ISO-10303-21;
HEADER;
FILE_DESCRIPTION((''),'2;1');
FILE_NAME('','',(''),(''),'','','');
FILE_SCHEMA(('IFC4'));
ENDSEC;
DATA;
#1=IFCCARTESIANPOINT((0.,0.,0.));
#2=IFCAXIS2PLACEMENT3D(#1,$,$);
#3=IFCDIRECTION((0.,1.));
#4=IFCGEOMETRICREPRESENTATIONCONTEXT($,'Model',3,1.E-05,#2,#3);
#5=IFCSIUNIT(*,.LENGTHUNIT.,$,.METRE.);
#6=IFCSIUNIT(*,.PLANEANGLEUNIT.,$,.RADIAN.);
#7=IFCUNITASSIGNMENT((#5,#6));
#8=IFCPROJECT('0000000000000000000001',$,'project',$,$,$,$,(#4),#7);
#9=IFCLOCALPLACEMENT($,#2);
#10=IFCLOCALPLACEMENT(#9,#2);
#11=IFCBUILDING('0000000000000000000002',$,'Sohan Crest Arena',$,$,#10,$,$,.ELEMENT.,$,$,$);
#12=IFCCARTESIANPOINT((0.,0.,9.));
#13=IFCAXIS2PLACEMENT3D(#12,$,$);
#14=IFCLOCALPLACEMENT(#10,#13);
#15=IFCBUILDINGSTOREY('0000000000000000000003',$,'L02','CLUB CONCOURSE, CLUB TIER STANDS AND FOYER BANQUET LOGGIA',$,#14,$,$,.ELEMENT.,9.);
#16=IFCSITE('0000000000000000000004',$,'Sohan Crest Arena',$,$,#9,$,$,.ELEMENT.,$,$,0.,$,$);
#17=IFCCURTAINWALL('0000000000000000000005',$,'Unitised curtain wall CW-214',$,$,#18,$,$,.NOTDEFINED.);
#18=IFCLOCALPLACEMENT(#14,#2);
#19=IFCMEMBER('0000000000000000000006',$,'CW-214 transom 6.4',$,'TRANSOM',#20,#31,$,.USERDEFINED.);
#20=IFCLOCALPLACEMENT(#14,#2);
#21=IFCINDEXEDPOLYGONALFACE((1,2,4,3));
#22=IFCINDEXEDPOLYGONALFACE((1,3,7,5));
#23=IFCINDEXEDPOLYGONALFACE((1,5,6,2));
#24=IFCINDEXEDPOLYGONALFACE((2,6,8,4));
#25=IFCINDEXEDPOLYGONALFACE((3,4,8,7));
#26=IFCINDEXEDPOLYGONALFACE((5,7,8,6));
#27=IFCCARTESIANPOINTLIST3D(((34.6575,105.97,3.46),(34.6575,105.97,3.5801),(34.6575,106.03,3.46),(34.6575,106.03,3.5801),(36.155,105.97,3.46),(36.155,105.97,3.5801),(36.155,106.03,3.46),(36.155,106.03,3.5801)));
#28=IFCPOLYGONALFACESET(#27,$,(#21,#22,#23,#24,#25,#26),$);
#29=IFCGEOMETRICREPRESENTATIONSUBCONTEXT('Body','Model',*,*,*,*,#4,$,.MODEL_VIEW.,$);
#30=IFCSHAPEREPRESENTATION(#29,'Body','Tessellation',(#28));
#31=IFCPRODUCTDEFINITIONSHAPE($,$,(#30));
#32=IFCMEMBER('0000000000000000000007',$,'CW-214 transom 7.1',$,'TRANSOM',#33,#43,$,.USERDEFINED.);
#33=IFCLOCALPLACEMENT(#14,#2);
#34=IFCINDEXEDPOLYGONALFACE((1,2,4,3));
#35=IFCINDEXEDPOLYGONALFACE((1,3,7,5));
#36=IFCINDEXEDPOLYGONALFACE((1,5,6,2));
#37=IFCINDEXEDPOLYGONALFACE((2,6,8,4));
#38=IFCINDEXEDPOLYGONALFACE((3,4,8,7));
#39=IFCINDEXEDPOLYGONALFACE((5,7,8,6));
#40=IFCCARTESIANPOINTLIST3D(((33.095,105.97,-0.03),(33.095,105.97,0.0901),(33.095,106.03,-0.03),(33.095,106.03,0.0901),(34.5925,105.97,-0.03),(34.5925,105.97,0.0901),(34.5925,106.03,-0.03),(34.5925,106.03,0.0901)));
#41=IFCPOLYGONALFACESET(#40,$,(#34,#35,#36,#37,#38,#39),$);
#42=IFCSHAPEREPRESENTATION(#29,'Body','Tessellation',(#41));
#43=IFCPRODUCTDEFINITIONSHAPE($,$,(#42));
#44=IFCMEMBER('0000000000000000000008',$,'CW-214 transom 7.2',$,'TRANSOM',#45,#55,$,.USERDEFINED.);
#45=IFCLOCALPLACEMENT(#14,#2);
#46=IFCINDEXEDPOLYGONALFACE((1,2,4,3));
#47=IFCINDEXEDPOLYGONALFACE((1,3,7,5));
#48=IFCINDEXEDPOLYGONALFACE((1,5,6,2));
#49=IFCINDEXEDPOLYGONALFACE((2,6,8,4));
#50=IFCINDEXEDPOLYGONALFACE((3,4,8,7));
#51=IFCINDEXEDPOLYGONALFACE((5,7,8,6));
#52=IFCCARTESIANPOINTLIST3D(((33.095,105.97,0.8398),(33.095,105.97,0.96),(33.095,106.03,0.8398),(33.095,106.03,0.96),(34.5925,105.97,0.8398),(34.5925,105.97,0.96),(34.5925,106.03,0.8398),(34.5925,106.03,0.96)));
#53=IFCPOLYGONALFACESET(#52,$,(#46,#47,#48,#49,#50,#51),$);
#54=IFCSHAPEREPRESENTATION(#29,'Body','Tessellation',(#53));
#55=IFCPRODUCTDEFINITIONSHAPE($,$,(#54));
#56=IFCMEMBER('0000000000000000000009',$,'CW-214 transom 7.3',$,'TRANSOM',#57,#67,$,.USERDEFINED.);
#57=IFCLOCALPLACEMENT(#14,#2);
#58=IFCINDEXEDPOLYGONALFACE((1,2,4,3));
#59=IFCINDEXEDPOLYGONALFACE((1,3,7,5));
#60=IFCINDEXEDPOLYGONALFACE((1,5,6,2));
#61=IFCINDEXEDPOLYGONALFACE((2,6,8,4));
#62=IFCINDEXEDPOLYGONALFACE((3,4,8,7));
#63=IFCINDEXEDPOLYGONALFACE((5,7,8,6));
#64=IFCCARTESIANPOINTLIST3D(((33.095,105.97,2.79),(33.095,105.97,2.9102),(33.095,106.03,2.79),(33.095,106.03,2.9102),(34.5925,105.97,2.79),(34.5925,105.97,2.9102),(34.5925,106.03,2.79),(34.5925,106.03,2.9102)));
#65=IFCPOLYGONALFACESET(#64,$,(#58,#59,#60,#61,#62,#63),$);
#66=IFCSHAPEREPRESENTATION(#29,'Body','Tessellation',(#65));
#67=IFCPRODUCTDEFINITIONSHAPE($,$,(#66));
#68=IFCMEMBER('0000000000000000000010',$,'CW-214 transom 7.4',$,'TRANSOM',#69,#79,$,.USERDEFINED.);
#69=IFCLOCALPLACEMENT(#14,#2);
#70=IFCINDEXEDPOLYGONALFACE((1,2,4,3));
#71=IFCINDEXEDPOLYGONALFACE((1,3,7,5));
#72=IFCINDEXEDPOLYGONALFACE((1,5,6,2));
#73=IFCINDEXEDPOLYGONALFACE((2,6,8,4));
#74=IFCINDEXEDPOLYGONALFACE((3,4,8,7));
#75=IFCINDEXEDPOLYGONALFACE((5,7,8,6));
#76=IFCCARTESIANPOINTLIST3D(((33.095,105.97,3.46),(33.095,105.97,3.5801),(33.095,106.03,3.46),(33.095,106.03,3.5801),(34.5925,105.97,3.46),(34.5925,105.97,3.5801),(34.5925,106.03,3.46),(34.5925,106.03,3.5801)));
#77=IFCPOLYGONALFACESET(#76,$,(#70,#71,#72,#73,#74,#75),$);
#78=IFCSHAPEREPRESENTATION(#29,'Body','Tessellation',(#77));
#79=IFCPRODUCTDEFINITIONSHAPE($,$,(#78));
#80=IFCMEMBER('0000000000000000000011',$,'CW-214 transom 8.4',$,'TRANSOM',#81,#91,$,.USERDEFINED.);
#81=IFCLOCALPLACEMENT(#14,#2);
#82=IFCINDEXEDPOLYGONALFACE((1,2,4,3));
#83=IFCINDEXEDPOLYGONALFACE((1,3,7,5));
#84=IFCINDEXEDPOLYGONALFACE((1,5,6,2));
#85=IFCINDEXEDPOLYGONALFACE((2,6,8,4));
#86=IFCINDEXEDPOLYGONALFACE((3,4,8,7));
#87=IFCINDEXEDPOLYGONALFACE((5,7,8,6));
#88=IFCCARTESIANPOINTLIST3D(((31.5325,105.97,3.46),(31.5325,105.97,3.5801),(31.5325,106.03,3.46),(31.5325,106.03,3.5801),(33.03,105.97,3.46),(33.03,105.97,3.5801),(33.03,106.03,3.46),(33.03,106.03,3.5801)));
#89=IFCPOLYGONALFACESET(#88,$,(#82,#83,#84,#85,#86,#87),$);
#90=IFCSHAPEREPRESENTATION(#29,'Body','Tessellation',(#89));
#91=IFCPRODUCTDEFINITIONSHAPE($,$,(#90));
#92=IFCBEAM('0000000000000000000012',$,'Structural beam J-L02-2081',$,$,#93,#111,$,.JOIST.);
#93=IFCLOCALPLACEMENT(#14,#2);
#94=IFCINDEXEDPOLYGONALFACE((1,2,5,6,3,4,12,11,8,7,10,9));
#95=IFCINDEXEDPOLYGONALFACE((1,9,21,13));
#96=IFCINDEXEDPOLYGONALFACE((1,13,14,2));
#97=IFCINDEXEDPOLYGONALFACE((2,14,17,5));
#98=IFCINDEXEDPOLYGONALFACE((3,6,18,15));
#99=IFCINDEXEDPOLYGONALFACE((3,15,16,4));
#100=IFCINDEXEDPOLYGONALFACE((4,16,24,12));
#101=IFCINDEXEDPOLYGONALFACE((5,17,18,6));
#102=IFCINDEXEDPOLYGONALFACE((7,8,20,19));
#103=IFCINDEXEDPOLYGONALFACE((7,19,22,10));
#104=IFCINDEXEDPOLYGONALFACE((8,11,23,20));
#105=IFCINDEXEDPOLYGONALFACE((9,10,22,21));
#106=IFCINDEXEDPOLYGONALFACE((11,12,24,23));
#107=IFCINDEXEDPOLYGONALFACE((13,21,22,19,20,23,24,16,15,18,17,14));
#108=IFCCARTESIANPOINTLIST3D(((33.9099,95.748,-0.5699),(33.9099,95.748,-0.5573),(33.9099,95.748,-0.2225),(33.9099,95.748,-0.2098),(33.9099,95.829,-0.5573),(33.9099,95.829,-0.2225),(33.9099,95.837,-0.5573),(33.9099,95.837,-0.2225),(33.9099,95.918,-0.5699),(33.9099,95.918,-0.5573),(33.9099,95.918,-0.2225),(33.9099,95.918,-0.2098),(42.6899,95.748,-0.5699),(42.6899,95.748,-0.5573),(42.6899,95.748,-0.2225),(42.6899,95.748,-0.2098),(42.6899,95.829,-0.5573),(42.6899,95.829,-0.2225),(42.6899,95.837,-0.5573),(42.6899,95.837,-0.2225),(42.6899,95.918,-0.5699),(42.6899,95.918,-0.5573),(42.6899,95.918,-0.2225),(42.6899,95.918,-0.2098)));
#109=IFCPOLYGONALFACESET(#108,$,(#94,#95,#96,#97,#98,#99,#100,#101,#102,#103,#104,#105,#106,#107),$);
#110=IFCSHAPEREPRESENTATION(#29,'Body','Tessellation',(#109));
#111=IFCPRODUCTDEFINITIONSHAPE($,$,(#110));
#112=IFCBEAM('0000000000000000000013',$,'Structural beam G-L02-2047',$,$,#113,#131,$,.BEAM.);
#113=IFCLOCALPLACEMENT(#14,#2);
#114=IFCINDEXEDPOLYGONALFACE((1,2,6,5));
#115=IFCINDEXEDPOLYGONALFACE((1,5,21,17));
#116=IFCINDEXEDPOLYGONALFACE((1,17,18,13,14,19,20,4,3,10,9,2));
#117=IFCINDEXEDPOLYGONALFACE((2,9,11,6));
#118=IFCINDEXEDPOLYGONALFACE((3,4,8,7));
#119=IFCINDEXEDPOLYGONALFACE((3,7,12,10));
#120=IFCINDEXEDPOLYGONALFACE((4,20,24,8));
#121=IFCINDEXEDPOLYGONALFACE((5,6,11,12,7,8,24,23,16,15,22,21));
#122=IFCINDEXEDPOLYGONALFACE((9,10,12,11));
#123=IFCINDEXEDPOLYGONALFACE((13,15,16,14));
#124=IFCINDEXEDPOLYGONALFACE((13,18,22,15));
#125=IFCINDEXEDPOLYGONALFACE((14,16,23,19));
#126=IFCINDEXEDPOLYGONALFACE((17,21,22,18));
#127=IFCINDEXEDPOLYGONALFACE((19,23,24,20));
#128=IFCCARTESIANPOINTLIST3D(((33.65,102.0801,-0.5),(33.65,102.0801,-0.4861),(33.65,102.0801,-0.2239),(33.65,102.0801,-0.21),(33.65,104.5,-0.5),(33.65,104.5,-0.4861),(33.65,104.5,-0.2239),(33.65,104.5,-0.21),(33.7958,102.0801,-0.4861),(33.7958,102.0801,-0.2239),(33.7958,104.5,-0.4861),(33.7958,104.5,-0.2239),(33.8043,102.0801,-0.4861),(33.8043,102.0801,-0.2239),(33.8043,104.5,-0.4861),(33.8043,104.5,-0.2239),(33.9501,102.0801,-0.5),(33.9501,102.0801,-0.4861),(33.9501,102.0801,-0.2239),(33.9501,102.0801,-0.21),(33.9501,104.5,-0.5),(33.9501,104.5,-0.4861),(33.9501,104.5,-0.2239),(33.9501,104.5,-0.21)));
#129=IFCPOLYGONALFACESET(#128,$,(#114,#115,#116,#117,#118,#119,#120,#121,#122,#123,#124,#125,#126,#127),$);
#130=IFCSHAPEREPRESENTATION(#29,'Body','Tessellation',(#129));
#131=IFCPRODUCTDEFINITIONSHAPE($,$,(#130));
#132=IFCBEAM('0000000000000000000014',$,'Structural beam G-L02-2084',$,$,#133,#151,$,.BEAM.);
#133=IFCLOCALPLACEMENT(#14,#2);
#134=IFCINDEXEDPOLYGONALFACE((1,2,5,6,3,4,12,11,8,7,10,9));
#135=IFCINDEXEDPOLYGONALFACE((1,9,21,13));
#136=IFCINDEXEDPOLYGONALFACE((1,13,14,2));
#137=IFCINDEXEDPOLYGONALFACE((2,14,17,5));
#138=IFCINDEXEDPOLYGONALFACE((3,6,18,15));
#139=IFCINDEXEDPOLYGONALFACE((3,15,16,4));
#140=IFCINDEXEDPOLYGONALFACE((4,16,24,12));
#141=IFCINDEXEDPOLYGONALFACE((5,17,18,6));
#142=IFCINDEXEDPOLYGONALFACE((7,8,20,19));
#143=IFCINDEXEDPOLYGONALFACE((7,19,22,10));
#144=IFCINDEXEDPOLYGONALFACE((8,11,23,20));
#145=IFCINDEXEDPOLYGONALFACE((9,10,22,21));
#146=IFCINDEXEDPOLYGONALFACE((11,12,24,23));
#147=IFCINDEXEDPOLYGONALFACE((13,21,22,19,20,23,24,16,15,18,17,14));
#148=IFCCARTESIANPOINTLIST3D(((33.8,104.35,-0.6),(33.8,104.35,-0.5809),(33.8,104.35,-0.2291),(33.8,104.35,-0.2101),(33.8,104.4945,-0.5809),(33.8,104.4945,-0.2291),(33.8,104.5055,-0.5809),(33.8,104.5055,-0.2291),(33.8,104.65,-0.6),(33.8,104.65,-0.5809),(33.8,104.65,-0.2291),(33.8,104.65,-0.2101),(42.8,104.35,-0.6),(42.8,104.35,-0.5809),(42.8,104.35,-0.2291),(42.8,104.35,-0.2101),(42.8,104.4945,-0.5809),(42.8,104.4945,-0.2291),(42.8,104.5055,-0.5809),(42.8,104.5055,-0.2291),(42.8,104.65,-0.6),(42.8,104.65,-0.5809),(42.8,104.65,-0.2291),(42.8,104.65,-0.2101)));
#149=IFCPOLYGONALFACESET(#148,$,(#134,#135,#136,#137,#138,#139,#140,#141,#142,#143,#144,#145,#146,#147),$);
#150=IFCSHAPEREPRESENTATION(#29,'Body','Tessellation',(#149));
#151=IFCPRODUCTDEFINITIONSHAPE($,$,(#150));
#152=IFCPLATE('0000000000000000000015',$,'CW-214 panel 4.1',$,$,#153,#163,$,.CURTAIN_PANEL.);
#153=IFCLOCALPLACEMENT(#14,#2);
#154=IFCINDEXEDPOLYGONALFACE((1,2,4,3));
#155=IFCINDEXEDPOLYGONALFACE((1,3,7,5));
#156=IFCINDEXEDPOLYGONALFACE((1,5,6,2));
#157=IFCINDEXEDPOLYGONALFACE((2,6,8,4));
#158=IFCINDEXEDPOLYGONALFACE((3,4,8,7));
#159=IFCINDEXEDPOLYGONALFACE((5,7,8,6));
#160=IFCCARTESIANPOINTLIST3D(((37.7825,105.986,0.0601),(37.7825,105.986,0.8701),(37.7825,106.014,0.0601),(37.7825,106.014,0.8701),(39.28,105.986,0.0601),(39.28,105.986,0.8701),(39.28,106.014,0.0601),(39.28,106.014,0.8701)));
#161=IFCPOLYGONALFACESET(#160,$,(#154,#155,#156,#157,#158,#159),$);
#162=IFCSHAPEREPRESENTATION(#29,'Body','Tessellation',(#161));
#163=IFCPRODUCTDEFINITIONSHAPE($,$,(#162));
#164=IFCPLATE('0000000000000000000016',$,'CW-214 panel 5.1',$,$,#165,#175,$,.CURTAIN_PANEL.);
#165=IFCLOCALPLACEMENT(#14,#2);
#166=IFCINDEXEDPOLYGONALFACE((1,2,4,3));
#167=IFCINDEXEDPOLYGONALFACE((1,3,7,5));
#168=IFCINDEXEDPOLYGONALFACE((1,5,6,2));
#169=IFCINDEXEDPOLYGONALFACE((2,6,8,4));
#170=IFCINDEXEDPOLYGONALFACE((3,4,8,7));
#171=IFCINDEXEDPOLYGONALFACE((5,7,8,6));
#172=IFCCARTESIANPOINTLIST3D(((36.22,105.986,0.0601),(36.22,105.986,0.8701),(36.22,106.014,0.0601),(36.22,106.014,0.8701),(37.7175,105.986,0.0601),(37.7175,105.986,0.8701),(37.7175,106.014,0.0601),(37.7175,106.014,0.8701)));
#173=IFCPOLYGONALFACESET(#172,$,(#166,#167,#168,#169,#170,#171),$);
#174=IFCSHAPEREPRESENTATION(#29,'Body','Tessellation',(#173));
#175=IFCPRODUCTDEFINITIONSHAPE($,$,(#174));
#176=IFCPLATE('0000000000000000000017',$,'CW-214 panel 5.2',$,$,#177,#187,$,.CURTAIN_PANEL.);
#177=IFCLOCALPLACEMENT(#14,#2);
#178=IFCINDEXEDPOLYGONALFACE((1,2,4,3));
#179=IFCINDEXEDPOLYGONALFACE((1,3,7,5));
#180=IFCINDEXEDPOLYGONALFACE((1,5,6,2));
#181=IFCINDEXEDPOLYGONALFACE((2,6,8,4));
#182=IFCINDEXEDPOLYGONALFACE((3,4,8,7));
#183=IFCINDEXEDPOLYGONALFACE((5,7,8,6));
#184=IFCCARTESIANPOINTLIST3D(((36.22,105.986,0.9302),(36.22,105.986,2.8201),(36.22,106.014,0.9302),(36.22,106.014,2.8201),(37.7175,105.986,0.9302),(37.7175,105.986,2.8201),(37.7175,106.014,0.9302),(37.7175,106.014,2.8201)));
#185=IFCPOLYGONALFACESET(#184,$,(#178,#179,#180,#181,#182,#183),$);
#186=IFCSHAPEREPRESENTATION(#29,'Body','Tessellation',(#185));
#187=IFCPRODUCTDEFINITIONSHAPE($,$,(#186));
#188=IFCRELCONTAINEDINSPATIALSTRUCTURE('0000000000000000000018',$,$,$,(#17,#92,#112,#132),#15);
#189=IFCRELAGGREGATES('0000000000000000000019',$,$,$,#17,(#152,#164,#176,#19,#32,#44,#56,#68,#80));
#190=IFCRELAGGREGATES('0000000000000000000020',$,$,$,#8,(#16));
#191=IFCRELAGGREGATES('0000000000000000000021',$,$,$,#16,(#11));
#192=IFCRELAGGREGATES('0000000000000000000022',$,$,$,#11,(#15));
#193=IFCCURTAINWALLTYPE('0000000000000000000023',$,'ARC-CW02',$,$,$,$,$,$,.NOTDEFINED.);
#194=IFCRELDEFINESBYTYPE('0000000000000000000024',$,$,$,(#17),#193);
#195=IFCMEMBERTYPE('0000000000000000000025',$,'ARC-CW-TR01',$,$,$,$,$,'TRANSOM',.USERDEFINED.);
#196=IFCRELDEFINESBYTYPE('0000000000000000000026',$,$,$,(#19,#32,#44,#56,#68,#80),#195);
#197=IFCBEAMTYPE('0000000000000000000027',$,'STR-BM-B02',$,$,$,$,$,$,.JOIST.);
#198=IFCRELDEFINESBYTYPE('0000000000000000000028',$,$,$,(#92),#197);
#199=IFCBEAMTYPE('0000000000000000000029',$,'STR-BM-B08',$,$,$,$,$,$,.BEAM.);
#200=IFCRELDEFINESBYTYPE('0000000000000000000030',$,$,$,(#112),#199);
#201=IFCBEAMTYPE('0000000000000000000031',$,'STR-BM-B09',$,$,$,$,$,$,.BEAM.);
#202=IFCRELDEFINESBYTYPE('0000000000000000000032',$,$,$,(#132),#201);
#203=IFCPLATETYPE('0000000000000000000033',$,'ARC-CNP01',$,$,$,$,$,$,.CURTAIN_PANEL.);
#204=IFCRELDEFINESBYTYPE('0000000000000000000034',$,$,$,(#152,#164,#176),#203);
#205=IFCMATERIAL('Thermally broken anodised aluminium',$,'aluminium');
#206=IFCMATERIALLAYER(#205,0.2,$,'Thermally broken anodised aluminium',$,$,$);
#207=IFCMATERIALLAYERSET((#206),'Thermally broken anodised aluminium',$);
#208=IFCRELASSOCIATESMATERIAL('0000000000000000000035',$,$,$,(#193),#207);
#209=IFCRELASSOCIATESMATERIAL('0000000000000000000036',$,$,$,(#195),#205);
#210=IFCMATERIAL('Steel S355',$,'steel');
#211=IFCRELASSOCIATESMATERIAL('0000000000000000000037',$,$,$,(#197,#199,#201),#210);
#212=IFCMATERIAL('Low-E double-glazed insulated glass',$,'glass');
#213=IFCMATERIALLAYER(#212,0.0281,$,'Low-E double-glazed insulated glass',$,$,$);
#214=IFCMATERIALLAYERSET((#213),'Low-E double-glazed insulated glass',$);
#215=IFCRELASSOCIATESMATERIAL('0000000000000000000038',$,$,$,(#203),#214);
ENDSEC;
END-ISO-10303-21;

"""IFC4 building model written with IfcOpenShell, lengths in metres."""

from ifc_helpers import new_model, si_unit, direction, frame, origin, origin_2d, place, context, subcontext, project, spatial, rectangle, i_section, extrude, material, layer, layer_set, material_profile, profile_set, type_object, element, aggregate, save


model = new_model("IFC4")

# Units and contexts
model_context = context("Model", 3, precision=1e-05, world=origin(), true_north=direction((0.0, 1.0)))
body_context = subcontext(model_context, "Body", "Model", "MODEL_VIEW")
ifc_project = project(units=[si_unit("LENGTHUNIT", "METRE"), si_unit("PLANEANGLEUNIT", "RADIAN")], contexts=[model_context])

# Site, building, storey
site_placement = place(None, origin())
site = spatial("IfcSite", under=ifc_project, at=site_placement, Name="Sohan Crest Arena", CompositionType="ELEMENT", RefElevation=0.0)
building_placement = place(site_placement, origin())
building = spatial("IfcBuilding", under=site, at=building_placement, Name="Sohan Crest Arena", CompositionType="ELEMENT")
storey_placement = place(building_placement, frame((0.0, 0.0, 9.0)))
storey = spatial("IfcBuildingStorey", under=building, at=storey_placement, Name="L02", Description="CLUB CONCOURSE, CLUB TIER STANDS AND FOYER BANQUET LOGGIA", CompositionType="ELEMENT", Elevation=9.0)

# Curtain wall, members
ifc_material_1 = material(Name="Thermally broken anodised aluminium", Category="aluminium")
ifc_layer_1 = layer(ifc_material_1, 0.2, Name="Thermally broken anodised aluminium")
ifc_layer_set_1 = layer_set([ifc_layer_1], Name="Thermally broken anodised aluminium")
curtain_wall_type = type_object("IfcCurtainWallType", Name="ARC-CW02", PredefinedType="NOTDEFINED", material=ifc_layer_set_1)
curtain_wall_placement = place(storey_placement, origin())
curtain_wall = element("IfcCurtainWall", 1, at=curtain_wall_placement, inside=storey, type_object=curtain_wall_type, Name="Unitised curtain wall CW-214", PredefinedType="NOTDEFINED")
ifc_material_profile_1 = material_profile(ifc_material_1, rectangle(XDim=0.0601, YDim=0.1201, at=origin_2d()), Name="ALU-TRAN 60x120")
ifc_profile_set_1 = profile_set([ifc_material_profile_1], Name="Thermally broken anodised aluminium")
member_type_1 = type_object("IfcMemberType", Name="ARC-CW-TR01", ElementType="TRANSOM", PredefinedType="USERDEFINED", material=ifc_profile_set_1)
member_1_placement = place(storey_placement, frame((36.155, 106.0, 3.52), z_axis=(-1.0, 0.0, 0.0), x_axis=(0.0, -1.0, 0.0)))
member_1 = element("IfcMember", 2, at=member_1_placement, type_object=member_type_1, Name="CW-214 transom 6.4", ObjectType="TRANSOM", PredefinedType="USERDEFINED", context=body_context, shape_type="SweptSolid", body=[
    extrude(rectangle(XDim=0.0601, YDim=0.1201, at=origin_2d()), origin(), (0.0, 0.0, 1.0), 1.4976),
])
member_2_placement = place(storey_placement, frame((34.5925, 106.0, 0.03), z_axis=(-1.0, 0.0, 0.0), x_axis=(0.0, -1.0, 0.0)))
member_2 = element("IfcMember", 3, at=member_2_placement, type_object=member_type_1, Name="CW-214 transom 7.1", ObjectType="TRANSOM", PredefinedType="USERDEFINED", context=body_context, shape_type="SweptSolid", body=[
    extrude(rectangle(XDim=0.0601, YDim=0.1201, at=origin_2d()), origin(), (0.0, 0.0, 1.0), 1.4976),
])
member_3_placement = place(storey_placement, frame((34.5925, 106.0, 0.8999), z_axis=(-1.0, 0.0, 0.0), x_axis=(0.0, -1.0, 0.0)))
member_3 = element("IfcMember", 4, at=member_3_placement, type_object=member_type_1, Name="CW-214 transom 7.2", ObjectType="TRANSOM", PredefinedType="USERDEFINED", context=body_context, shape_type="SweptSolid", body=[
    extrude(rectangle(XDim=0.0601, YDim=0.1201, at=origin_2d()), origin(), (0.0, 0.0, 1.0), 1.4976),
])
member_4_placement = place(storey_placement, frame((34.5925, 106.0, 2.8501), z_axis=(-1.0, 0.0, 0.0), x_axis=(0.0, -1.0, 0.0)))
member_4 = element("IfcMember", 5, at=member_4_placement, type_object=member_type_1, Name="CW-214 transom 7.3", ObjectType="TRANSOM", PredefinedType="USERDEFINED", context=body_context, shape_type="SweptSolid", body=[
    extrude(rectangle(XDim=0.0601, YDim=0.1201, at=origin_2d()), origin(), (0.0, 0.0, 1.0), 1.4976),
])
member_5_placement = place(storey_placement, frame((34.5925, 106.0, 3.52), z_axis=(-1.0, 0.0, 0.0), x_axis=(0.0, -1.0, 0.0)))
member_5 = element("IfcMember", 6, at=member_5_placement, type_object=member_type_1, Name="CW-214 transom 7.4", ObjectType="TRANSOM", PredefinedType="USERDEFINED", context=body_context, shape_type="SweptSolid", body=[
    extrude(rectangle(XDim=0.0601, YDim=0.1201, at=origin_2d()), origin(), (0.0, 0.0, 1.0), 1.4976),
])
member_6_placement = place(storey_placement, frame((33.03, 106.0, 3.52), z_axis=(-1.0, 0.0, 0.0), x_axis=(0.0, -1.0, 0.0)))
member_6 = element("IfcMember", 7, at=member_6_placement, type_object=member_type_1, Name="CW-214 transom 8.4", ObjectType="TRANSOM", PredefinedType="USERDEFINED", context=body_context, shape_type="SweptSolid", body=[
    extrude(rectangle(XDim=0.0601, YDim=0.1201, at=origin_2d()), origin(), (0.0, 0.0, 1.0), 1.4976),
])

# Beams
ifc_material_2 = material(Name="Steel S355", Category="steel")
ifc_material_profile_2 = material_profile(ifc_material_2, i_section(OverallWidth=0.1699, OverallDepth=0.3601, WebThickness=0.0081, FlangeThickness=0.0127, at=origin_2d()), Name="IPE 360")
ifc_profile_set_2 = profile_set([ifc_material_profile_2], Name="Steel S355")
beam_type_1 = type_object("IfcBeamType", Name="STR-BM-B02", PredefinedType="JOIST", material=ifc_profile_set_2)
beam_1_placement = place(storey_placement, frame((33.9099, 95.833, -0.3899), z_axis=(1.0, 0.0, 0.0), x_axis=(0.0, 1.0, 0.0)))
element("IfcBeam", 8, at=beam_1_placement, inside=storey, type_object=beam_type_1, Name="Structural beam J-L02-2081", PredefinedType="JOIST", context=body_context, shape_type="SweptSolid", body=[
    extrude(i_section(OverallWidth=0.1699, OverallDepth=0.3601, WebThickness=0.0081, FlangeThickness=0.0127, at=origin_2d()), origin(), (0.0, 0.0, 1.0), 8.78),
])
ifc_material_profile_3 = material_profile(ifc_material_2, i_section(OverallWidth=0.3, OverallDepth=0.29, WebThickness=0.0085, FlangeThickness=0.0139, at=origin_2d()), Name="HEA 300")
ifc_profile_set_3 = profile_set([ifc_material_profile_3], Name="Steel S355")
beam_type_2 = type_object("IfcBeamType", Name="STR-BM-B08", PredefinedType="BEAM", material=ifc_profile_set_3)
beam_2_placement = place(storey_placement, frame((33.8, 102.0801, -0.355), z_axis=(0.0, 1.0, 0.0), x_axis=(-1.0, 0.0, 0.0)))
element("IfcBeam", 9, at=beam_2_placement, inside=storey, type_object=beam_type_2, Name="Structural beam G-L02-2047", PredefinedType="BEAM", context=body_context, shape_type="SweptSolid", body=[
    extrude(i_section(OverallWidth=0.3, OverallDepth=0.29, WebThickness=0.0085, FlangeThickness=0.0139, at=origin_2d()), origin(), (0.0, 0.0, 1.0), 2.4199),
])
ifc_material_profile_4 = material_profile(ifc_material_2, i_section(OverallWidth=0.3, OverallDepth=0.3899, WebThickness=0.011, FlangeThickness=0.019, at=origin_2d()), Name="HEA 400")
ifc_profile_set_4 = profile_set([ifc_material_profile_4], Name="Steel S355")
beam_type_3 = type_object("IfcBeamType", Name="STR-BM-B09", PredefinedType="BEAM", material=ifc_profile_set_4)
beam_3_placement = place(storey_placement, frame((33.8, 104.5, -0.405), z_axis=(1.0, 0.0, 0.0), x_axis=(0.0, 1.0, 0.0)))
element("IfcBeam", 10, at=beam_3_placement, inside=storey, type_object=beam_type_3, Name="Structural beam G-L02-2084", PredefinedType="BEAM", context=body_context, shape_type="SweptSolid", body=[
    extrude(i_section(OverallWidth=0.3, OverallDepth=0.3899, WebThickness=0.011, FlangeThickness=0.019, at=origin_2d()), origin(), (0.0, 0.0, 1.0), 9.0),
])

# Plates
ifc_material_3 = material(Name="Low-E double-glazed insulated glass", Category="glass")
ifc_layer_2 = layer(ifc_material_3, 0.0281, Name="Low-E double-glazed insulated glass")
ifc_layer_set_2 = layer_set([ifc_layer_2], Name="Low-E double-glazed insulated glass")
plate_type = type_object("IfcPlateType", Name="ARC-CNP01", PredefinedType="CURTAIN_PANEL", material=ifc_layer_set_2)
plate_1_placement = place(storey_placement, frame((38.5312, 106.0, 0.0601), z_axis=(0.0, 0.0, 1.0), x_axis=(-1.0, 0.0, 0.0)))
plate_1 = element("IfcPlate", 11, at=plate_1_placement, type_object=plate_type, Name="CW-214 panel 4.1", PredefinedType="CURTAIN_PANEL", context=body_context, shape_type="SweptSolid", body=[
    extrude(rectangle(XDim=1.4976, YDim=0.0281, at=origin_2d()), origin(), (0.0, 0.0, 1.0), 0.8101),
])
plate_2_placement = place(storey_placement, frame((36.9688, 106.0, 0.0601), z_axis=(0.0, 0.0, 1.0), x_axis=(-1.0, 0.0, 0.0)))
plate_2 = element("IfcPlate", 12, at=plate_2_placement, type_object=plate_type, Name="CW-214 panel 5.1", PredefinedType="CURTAIN_PANEL", context=body_context, shape_type="SweptSolid", body=[
    extrude(rectangle(XDim=1.4976, YDim=0.0281, at=origin_2d()), origin(), (0.0, 0.0, 1.0), 0.8101),
])
plate_3_placement = place(storey_placement, frame((36.9688, 106.0, 0.9302), z_axis=(0.0, 0.0, 1.0), x_axis=(-1.0, 0.0, 0.0)))
plate_3 = element("IfcPlate", 13, at=plate_3_placement, type_object=plate_type, Name="CW-214 panel 5.2", PredefinedType="CURTAIN_PANEL", context=body_context, shape_type="SweptSolid", body=[
    extrude(rectangle(XDim=1.4976, YDim=0.0281, at=origin_2d()), origin(), (0.0, 0.0, 1.0), 1.8899),
])
aggregate(curtain_wall, [plate_1, plate_2, plate_3, member_1, member_2, member_3, member_4, member_5, member_6])

save(model, "model.ifc")
